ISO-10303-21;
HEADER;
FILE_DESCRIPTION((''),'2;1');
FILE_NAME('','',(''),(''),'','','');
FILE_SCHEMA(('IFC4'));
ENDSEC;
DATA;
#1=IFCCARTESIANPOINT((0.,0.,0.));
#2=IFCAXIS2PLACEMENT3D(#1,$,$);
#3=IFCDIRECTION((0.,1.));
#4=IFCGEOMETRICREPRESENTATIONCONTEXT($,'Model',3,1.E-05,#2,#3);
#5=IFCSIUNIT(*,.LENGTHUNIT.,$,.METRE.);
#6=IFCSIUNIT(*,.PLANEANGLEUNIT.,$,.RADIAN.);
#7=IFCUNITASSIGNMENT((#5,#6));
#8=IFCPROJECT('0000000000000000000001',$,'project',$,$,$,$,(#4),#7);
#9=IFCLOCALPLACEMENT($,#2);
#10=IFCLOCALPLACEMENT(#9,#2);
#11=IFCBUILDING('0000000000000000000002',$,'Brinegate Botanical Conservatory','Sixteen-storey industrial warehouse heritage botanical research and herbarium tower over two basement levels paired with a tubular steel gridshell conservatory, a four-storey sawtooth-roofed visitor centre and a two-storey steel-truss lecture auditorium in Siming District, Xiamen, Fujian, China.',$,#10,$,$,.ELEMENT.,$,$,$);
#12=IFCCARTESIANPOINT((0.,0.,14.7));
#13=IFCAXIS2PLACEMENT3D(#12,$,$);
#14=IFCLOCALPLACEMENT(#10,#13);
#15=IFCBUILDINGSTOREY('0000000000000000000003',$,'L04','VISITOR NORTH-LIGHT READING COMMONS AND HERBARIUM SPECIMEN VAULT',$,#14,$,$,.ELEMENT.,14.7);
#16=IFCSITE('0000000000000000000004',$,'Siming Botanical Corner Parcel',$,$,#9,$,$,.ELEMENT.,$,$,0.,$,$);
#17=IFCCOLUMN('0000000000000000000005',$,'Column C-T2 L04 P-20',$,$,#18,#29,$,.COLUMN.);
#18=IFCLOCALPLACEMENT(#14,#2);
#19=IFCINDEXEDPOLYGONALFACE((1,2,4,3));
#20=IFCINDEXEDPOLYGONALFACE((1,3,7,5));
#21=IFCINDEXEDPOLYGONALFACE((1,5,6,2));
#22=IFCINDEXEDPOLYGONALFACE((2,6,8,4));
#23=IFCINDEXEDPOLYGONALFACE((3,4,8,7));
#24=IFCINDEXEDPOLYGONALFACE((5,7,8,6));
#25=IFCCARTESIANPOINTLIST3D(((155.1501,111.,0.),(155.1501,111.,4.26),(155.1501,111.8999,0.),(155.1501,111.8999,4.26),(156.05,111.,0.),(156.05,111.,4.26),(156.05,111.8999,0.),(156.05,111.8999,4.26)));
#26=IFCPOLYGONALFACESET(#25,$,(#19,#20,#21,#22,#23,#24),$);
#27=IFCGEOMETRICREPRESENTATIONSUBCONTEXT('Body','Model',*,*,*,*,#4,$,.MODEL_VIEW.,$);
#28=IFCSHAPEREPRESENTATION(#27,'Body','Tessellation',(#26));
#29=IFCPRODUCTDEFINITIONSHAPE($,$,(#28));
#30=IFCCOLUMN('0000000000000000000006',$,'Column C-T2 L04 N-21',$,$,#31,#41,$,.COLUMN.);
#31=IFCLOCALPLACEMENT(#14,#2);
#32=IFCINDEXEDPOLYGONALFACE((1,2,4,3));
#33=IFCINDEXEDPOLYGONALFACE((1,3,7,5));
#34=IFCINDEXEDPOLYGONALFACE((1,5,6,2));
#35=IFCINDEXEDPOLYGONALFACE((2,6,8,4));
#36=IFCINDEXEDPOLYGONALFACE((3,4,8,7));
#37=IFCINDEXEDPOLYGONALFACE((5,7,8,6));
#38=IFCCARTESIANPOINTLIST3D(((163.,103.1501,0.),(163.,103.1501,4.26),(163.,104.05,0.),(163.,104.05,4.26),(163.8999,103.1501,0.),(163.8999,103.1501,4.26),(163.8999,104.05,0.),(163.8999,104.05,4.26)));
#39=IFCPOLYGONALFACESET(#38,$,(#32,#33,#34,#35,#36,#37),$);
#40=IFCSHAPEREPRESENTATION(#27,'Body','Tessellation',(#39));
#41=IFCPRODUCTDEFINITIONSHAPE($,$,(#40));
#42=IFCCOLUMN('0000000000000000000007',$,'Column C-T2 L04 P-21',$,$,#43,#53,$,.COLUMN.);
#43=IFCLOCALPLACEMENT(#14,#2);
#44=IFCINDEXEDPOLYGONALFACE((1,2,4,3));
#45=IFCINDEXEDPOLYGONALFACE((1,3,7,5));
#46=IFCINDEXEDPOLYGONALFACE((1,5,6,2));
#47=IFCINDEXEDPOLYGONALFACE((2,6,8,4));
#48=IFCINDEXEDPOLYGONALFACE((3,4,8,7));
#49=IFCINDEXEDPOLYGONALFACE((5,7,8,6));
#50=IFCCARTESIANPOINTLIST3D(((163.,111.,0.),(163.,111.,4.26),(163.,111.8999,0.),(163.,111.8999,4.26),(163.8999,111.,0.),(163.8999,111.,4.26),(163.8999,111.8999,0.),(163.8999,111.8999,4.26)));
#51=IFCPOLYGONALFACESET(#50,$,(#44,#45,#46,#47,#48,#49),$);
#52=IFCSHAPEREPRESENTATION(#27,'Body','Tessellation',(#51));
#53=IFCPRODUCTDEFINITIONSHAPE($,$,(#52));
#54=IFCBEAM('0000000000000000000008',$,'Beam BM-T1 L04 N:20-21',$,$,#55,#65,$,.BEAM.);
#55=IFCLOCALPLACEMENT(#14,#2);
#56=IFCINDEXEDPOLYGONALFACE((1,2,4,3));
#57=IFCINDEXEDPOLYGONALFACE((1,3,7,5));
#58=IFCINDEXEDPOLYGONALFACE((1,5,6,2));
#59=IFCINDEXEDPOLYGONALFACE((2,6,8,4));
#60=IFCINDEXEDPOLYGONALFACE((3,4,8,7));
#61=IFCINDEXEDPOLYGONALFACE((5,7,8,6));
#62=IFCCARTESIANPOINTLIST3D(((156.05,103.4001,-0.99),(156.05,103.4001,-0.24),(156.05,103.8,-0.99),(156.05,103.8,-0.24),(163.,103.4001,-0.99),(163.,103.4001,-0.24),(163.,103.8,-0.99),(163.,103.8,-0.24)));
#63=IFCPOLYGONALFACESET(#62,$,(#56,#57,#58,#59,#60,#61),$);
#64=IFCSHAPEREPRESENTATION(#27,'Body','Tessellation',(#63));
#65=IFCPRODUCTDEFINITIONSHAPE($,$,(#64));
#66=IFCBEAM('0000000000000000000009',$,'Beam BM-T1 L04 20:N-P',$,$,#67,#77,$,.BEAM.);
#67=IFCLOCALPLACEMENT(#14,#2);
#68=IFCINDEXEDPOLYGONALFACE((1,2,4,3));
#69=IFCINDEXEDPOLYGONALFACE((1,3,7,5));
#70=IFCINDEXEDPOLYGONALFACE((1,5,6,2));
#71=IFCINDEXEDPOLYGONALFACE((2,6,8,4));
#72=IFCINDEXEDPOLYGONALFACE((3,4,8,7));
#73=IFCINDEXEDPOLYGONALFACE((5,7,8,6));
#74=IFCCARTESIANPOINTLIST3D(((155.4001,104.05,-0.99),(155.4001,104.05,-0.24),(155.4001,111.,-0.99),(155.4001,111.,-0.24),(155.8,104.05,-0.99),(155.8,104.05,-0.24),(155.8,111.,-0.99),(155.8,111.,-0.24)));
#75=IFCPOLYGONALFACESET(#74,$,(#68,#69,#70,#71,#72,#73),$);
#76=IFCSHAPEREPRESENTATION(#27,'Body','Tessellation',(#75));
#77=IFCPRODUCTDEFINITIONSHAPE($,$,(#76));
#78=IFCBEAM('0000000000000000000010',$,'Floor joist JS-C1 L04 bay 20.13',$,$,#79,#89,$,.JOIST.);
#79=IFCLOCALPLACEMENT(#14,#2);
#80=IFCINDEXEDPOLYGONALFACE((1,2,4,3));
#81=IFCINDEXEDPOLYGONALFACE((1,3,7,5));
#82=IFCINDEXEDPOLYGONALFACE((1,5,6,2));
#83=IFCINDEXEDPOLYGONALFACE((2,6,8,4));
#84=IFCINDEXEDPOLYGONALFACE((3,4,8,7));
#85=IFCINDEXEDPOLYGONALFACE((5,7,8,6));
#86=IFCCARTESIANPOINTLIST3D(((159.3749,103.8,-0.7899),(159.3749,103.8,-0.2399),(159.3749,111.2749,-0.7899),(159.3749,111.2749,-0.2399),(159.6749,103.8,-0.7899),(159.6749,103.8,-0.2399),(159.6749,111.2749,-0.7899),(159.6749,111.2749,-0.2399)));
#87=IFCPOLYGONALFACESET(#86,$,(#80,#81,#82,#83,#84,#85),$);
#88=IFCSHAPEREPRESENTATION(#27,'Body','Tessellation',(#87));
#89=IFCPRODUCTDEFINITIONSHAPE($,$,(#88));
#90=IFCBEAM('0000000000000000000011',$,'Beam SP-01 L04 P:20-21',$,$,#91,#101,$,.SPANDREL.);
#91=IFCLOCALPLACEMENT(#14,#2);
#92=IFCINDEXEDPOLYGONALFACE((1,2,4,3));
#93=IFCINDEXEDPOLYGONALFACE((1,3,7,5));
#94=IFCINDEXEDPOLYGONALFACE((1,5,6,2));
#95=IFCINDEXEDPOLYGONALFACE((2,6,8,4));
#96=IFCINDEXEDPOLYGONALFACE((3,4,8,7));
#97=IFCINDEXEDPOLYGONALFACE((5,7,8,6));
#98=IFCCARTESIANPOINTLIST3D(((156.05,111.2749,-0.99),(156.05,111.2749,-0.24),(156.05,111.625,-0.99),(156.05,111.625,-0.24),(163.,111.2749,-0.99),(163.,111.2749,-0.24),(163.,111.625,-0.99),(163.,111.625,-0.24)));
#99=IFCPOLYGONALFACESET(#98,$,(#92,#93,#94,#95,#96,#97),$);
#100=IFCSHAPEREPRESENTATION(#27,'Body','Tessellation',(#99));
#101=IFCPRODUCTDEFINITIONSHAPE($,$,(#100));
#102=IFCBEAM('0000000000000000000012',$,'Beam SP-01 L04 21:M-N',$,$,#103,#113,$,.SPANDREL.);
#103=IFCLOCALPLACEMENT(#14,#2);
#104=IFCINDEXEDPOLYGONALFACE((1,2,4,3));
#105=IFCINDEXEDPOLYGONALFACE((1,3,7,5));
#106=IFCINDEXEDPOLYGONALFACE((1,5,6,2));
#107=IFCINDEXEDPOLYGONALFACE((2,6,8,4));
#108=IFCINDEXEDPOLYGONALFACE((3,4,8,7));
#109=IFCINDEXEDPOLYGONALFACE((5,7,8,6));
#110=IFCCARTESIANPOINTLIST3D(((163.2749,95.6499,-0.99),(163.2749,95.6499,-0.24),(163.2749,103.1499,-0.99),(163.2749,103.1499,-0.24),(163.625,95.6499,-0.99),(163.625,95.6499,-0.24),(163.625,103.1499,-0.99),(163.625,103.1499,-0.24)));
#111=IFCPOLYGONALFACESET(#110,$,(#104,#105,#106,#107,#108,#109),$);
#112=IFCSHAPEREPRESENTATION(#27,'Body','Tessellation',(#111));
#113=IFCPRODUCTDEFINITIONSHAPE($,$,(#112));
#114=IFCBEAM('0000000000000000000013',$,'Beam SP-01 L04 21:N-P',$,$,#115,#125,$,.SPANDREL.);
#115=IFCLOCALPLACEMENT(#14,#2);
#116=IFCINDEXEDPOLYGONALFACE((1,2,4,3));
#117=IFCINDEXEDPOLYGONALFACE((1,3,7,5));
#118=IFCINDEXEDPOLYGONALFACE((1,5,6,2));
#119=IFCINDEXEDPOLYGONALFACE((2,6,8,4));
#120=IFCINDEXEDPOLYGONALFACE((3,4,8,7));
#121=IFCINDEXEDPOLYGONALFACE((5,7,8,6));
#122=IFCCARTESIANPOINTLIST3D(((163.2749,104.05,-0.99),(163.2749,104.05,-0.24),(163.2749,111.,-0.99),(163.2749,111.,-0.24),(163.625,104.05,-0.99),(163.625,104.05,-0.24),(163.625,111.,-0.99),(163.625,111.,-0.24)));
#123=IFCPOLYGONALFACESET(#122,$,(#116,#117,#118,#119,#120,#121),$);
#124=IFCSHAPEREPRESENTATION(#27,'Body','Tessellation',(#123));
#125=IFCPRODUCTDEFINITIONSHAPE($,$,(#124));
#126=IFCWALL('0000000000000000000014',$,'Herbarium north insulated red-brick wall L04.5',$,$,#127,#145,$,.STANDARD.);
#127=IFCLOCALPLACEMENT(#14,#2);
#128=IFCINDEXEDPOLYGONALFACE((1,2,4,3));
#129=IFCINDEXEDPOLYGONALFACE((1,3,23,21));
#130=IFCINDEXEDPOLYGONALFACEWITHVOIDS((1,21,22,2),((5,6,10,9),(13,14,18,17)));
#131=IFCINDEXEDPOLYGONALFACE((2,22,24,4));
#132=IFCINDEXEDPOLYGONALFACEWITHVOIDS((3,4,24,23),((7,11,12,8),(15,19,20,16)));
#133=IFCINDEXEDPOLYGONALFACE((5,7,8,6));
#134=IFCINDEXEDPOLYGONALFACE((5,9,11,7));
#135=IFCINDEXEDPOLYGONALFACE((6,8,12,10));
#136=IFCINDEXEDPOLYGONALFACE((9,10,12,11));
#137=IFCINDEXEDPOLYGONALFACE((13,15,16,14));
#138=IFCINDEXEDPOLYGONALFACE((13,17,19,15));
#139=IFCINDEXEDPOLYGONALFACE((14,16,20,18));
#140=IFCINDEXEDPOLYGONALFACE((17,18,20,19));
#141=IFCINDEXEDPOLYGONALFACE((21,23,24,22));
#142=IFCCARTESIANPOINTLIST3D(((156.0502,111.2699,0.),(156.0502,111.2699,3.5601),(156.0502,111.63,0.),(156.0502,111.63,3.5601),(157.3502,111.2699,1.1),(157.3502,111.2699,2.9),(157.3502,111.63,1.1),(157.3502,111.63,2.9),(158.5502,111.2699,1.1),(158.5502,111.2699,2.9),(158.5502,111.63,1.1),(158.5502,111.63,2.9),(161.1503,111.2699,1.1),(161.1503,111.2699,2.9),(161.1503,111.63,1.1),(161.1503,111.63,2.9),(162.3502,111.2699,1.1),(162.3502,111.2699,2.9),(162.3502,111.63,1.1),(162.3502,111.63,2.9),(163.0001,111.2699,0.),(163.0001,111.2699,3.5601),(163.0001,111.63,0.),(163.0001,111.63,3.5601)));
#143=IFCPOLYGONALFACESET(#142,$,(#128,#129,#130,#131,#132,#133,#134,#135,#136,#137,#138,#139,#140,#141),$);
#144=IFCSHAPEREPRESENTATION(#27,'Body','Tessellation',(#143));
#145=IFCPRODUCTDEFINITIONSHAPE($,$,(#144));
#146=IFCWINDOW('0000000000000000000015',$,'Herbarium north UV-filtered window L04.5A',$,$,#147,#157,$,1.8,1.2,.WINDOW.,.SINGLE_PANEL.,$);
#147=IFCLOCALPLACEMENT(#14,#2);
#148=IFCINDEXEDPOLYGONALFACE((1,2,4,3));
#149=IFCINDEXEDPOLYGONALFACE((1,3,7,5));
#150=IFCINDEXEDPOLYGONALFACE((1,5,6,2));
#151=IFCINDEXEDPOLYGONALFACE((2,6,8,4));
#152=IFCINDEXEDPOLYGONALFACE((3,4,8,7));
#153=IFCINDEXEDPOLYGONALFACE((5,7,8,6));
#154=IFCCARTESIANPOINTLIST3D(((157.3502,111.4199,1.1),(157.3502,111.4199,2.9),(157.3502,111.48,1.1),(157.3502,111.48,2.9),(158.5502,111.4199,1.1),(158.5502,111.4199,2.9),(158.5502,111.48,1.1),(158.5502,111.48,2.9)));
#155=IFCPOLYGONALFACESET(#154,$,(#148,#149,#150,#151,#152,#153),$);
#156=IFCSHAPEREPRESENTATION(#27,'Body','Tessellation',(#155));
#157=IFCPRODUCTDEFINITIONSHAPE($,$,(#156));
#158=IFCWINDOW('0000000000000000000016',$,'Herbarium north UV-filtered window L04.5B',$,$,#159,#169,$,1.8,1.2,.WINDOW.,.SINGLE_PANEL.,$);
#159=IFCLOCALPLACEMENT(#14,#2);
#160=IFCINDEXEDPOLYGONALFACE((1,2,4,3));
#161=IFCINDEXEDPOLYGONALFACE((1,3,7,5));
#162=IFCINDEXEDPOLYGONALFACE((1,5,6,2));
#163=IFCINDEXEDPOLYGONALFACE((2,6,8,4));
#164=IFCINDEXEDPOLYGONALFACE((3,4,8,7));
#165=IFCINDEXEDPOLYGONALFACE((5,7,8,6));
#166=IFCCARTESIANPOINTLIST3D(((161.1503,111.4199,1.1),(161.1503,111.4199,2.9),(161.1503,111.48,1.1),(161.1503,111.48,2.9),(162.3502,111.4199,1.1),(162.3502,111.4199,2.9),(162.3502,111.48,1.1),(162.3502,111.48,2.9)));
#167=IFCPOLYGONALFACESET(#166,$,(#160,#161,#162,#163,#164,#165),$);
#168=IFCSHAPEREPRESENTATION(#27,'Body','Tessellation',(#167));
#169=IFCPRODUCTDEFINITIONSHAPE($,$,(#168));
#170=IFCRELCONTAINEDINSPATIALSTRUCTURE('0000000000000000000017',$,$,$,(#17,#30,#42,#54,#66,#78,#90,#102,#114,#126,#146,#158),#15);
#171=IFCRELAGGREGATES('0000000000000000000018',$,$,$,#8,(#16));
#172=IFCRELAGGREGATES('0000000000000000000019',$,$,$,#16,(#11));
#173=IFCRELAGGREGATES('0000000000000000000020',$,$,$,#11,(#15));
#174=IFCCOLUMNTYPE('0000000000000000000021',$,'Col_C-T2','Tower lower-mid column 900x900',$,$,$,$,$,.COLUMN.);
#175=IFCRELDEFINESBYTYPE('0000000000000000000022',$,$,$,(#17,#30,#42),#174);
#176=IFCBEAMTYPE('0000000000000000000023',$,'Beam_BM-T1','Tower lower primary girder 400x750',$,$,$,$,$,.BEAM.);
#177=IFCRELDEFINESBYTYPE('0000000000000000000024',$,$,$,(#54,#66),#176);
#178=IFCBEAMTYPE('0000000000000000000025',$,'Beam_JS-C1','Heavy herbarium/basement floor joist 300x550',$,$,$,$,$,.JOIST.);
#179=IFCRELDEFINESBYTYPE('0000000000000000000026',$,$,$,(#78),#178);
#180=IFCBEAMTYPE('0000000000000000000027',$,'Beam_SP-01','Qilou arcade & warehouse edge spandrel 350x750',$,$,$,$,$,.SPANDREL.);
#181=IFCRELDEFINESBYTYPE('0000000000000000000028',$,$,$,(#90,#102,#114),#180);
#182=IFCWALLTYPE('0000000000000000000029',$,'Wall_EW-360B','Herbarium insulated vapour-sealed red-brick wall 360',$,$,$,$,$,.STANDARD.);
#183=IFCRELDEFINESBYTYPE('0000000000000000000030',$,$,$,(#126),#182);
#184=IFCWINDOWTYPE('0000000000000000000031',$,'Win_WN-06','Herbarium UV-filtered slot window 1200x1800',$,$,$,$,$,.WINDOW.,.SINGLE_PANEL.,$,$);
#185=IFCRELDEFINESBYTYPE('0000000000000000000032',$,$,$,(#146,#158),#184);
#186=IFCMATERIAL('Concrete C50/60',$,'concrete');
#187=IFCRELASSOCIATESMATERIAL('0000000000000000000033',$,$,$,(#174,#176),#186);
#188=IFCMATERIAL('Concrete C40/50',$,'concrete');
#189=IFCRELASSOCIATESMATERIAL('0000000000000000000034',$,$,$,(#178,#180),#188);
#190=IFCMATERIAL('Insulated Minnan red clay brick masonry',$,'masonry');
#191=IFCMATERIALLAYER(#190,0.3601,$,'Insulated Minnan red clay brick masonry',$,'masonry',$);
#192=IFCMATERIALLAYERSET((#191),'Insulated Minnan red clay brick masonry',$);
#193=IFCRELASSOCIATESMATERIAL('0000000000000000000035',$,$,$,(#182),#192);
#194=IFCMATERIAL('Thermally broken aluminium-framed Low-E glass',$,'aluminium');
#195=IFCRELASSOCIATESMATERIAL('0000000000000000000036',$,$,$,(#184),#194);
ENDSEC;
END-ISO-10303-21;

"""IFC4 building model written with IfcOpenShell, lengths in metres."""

from ifc_helpers import new_model, si_unit, direction, frame, frame_2d, origin, origin_2d, place, context, subcontext, project, spatial, rectangle, extrude, material, layer, layer_set, material_profile, profile_set, type_object, element, fill, save


model = new_model("IFC4")

# Units and contexts
model_context = context("Model", 3, precision=1e-05, world=origin(), true_north=direction((0.0, 1.0)))
body_context = subcontext(model_context, "Body", "Model", "MODEL_VIEW")
ifc_project = project(units=[si_unit("LENGTHUNIT", "METRE"), si_unit("PLANEANGLEUNIT", "RADIAN")], contexts=[model_context])

# Site, building, storey
site_placement = place(None, origin())
site = spatial("IfcSite", under=ifc_project, at=site_placement, Name="Siming Botanical Corner Parcel", CompositionType="ELEMENT", RefElevation=0.0)
building_placement = place(site_placement, origin())
building = spatial("IfcBuilding", under=site, at=building_placement, Name="Brinegate Botanical Conservatory", Description="Sixteen-storey industrial warehouse heritage botanical research and herbarium tower over two basement levels paired with a tubular steel gridshell conservatory, a four-storey sawtooth-roofed visitor centre and a two-storey steel-truss lecture auditorium in Siming District, Xiamen, Fujian, China.", CompositionType="ELEMENT")
storey_placement = place(building_placement, frame((0.0, 0.0, 14.7)))
storey = spatial("IfcBuildingStorey", under=building, at=storey_placement, Name="L04", Description="VISITOR NORTH-LIGHT READING COMMONS AND HERBARIUM SPECIMEN VAULT", CompositionType="ELEMENT", Elevation=14.7)

# Columns
ifc_material_1 = material(Name="Concrete C50/60", Category="concrete")
ifc_material_profile_1 = material_profile(ifc_material_1, rectangle(XDim=0.8999, YDim=0.8999, at=origin_2d()), Name="RC COL 900x900")
ifc_profile_set_1 = profile_set([ifc_material_profile_1], Name="Concrete C50/60")
column_type = type_object("IfcColumnType", Name="Col_C-T2", Description="Tower lower-mid column 900x900", PredefinedType="COLUMN", material=ifc_profile_set_1)
for number, where, z_axis, x_axis, name in (
    (1, (155.6001, 111.45, 0.0), (0.0, 0.0, 1.0), (1.0, 0.0, 0.0), "Column C-T2 L04 P-20"),
    (2, (163.45, 103.6001, 0.0), (0.0, 0.0, 1.0), (1.0, 0.0, 0.0), "Column C-T2 L04 N-21"),
    (3, (163.45, 111.45, 0.0), (0.0, 0.0, 1.0), (1.0, 0.0, 0.0), "Column C-T2 L04 P-21"),
):
    element("IfcColumn", number, at=place(storey_placement, frame(where, z_axis=z_axis, x_axis=x_axis)), inside=storey, type_object=column_type, Name=name, PredefinedType="COLUMN", context=body_context, shape_type="SweptSolid", body=[
        extrude(rectangle(XDim=0.8999, YDim=0.8999, at=origin_2d()), origin(), (0.0, 0.0, 1.0), 4.26),
    ])

# Beams
ifc_material_profile_2 = material_profile(ifc_material_1, rectangle(XDim=0.3999, YDim=0.75, at=origin_2d()), Name="RC BM 400x750")
ifc_profile_set_2 = profile_set([ifc_material_profile_2], Name="Concrete C50/60")
beam_type_1 = type_object("IfcBeamType", Name="Beam_BM-T1", Description="Tower lower primary girder 400x750", PredefinedType="BEAM", material=ifc_profile_set_2)
for number, where, z_axis, x_axis, name in (
    (4, (156.05, 103.6001, -0.615), (1.0, 0.0, 0.0), (0.0, 1.0, 0.0), "Beam BM-T1 L04 N:20-21"),
    (5, (155.6001, 104.05, -0.615), (0.0, 1.0, 0.0), (-1.0, 0.0, 0.0), "Beam BM-T1 L04 20:N-P"),
):
    element("IfcBeam", number, at=place(storey_placement, frame(where, z_axis=z_axis, x_axis=x_axis)), inside=storey, type_object=beam_type_1, Name=name, PredefinedType="BEAM", context=body_context, shape_type="SweptSolid", body=[
        extrude(rectangle(XDim=0.3999, YDim=0.75, at=origin_2d()), origin(), (0.0, 0.0, 1.0), 6.95),
    ])
ifc_material_2 = material(Name="Concrete C40/50", Category="concrete")
ifc_material_profile_3 = material_profile(ifc_material_2, rectangle(XDim=0.3, YDim=0.55, at=origin_2d()), Name="RC JST 300x550")
ifc_profile_set_3 = profile_set([ifc_material_profile_3], Name="Concrete C40/50")
beam_type_2 = type_object("IfcBeamType", Name="Beam_JS-C1", Description="Heavy herbarium/basement floor joist 300x550", PredefinedType="JOIST", material=ifc_profile_set_3)
beam_1_placement = place(storey_placement, frame((159.5249, 103.8, -0.5149), z_axis=(0.0, 1.0, 0.0), x_axis=(-1.0, 0.0, 0.0)))
element("IfcBeam", 6, at=beam_1_placement, inside=storey, type_object=beam_type_2, Name="Floor joist JS-C1 L04 bay 20.13", PredefinedType="JOIST", context=body_context, shape_type="SweptSolid", body=[
    extrude(rectangle(XDim=0.3, YDim=0.55, at=origin_2d()), origin(), (0.0, 0.0, 1.0), 7.4749),
])
ifc_material_profile_4 = material_profile(ifc_material_2, rectangle(XDim=0.3501, YDim=0.75, at=origin_2d()), Name="RC SPN 350x750")
ifc_profile_set_4 = profile_set([ifc_material_profile_4], Name="Concrete C40/50")
beam_type_3 = type_object("IfcBeamType", Name="Beam_SP-01", Description="Qilou arcade & warehouse edge spandrel 350x750", PredefinedType="SPANDREL", material=ifc_profile_set_4)
beam_2_placement = place(storey_placement, frame((156.05, 111.45, -0.615), z_axis=(1.0, 0.0, 0.0), x_axis=(0.0, 1.0, 0.0)))
element("IfcBeam", 7, at=beam_2_placement, inside=storey, type_object=beam_type_3, Name="Beam SP-01 L04 P:20-21", PredefinedType="SPANDREL", context=body_context, shape_type="SweptSolid", body=[
    extrude(rectangle(XDim=0.3501, YDim=0.75, at=origin_2d()), origin(), (0.0, 0.0, 1.0), 6.95),
])
beam_3_placement = place(storey_placement, frame((163.45, 95.6499, -0.615), z_axis=(0.0, 1.0, 0.0), x_axis=(-1.0, 0.0, 0.0)))
element("IfcBeam", 8, at=beam_3_placement, inside=storey, type_object=beam_type_3, Name="Beam SP-01 L04 21:M-N", PredefinedType="SPANDREL", context=body_context, shape_type="SweptSolid", body=[
    extrude(rectangle(XDim=0.3501, YDim=0.75, at=origin_2d()), origin(), (0.0, 0.0, 1.0), 7.5),
])
beam_4_placement = place(storey_placement, frame((163.45, 104.05, -0.615), z_axis=(0.0, 1.0, 0.0), x_axis=(-1.0, 0.0, 0.0)))
element("IfcBeam", 9, at=beam_4_placement, inside=storey, type_object=beam_type_3, Name="Beam SP-01 L04 21:N-P", PredefinedType="SPANDREL", context=body_context, shape_type="SweptSolid", body=[
    extrude(rectangle(XDim=0.3501, YDim=0.75, at=origin_2d()), origin(), (0.0, 0.0, 1.0), 6.95),
])

# Wall, openings, windows
ifc_material_3 = material(Name="Insulated Minnan red clay brick masonry", Category="masonry")
ifc_layer_1 = layer(ifc_material_3, 0.3601, Name="Insulated Minnan red clay brick masonry", Category="masonry")
ifc_layer_set_1 = layer_set([ifc_layer_1], Name="Insulated Minnan red clay brick masonry")
wall_type_1 = type_object("IfcWallType", Name="Wall_EW-360B", Description="Herbarium insulated vapour-sealed red-brick wall 360", PredefinedType="STANDARD", material=ifc_layer_set_1)
wall_1_placement = place(storey_placement, frame((156.05, 111.45, 0.0), z_axis=(0.0, 0.0, 1.0), x_axis=(1.0, 0.0, 0.0)))
wall_1 = element("IfcWall", 10, at=wall_1_placement, inside=storey, type_object=wall_type_1, Name="Herbarium north insulated red-brick wall L04.5", PredefinedType="STANDARD", context=body_context, shape_type="SweptSolid", body=[
    extrude(rectangle(XDim=6.95, YDim=0.3601, at=frame_2d((3.4751, 0.0))), origin(), (0.0, 0.0, 1.0), 3.5601),
])
opening_1_placement = place(wall_1_placement, frame((1.3, 0.0, 1.1001)))
opening_1 = element("IfcOpeningElement", 11, at=opening_1_placement, cuts=wall_1, PredefinedType="OPENING", context=body_context, shape_type="SweptSolid", body=[
    extrude(rectangle(XDim=1.2, YDim=1.8, at=frame_2d((0.6001, 0.8999))), frame((0.0, 0.1899, 0.0), z_axis=(0.0, -1.0, 0.0), x_axis=(1.0, 0.0, 0.0)), (0.0, 0.0, 1.0), 0.3801),
])
opening_2_placement = place(wall_1_placement, frame((5.1001, 0.0, 1.1001)))
opening_2 = element("IfcOpeningElement", 12, at=opening_2_placement, cuts=wall_1, PredefinedType="OPENING", context=body_context, shape_type="SweptSolid", body=[
    extrude(rectangle(XDim=1.2, YDim=1.8, at=frame_2d((0.6001, 0.8999))), frame((0.0, 0.1899, 0.0), z_axis=(0.0, -1.0, 0.0), x_axis=(1.0, 0.0, 0.0)), (0.0, 0.0, 1.0), 0.3801),
])
ifc_material_4 = material(Name="Thermally broken aluminium-framed Low-E glass", Category="aluminium")
window_type_1 = type_object("IfcWindowType", Name="Win_WN-06", Description="Herbarium UV-filtered slot window 1200x1800", PartitioningType="SINGLE_PANEL", PredefinedType="WINDOW", material=ifc_material_4)
window_1_placement = place(opening_1_placement, origin())
window_1 = element("IfcWindow", 13, at=window_1_placement, inside=storey, type_object=window_type_1, Name="Herbarium north UV-filtered window L04.5A", OverallHeight=1.8, OverallWidth=1.2, PartitioningType="SINGLE_PANEL", PredefinedType="WINDOW", context=body_context, shape_type="SweptSolid", body=[
    extrude(rectangle(XDim=1.2, YDim=1.8, at=frame_2d((0.6001, 0.8999))), frame((0.0, 0.03, 0.0), z_axis=(0.0, -1.0, 0.0), x_axis=(1.0, 0.0, 0.0)), (0.0, 0.0, 1.0), 0.0601),
])
fill(opening_1, window_1)
window_2_placement = place(opening_2_placement, origin())
window_2 = element("IfcWindow", 14, at=window_2_placement, inside=storey, type_object=window_type_1, Name="Herbarium north UV-filtered window L04.5B", OverallHeight=1.8, OverallWidth=1.2, PartitioningType="SINGLE_PANEL", PredefinedType="WINDOW", context=body_context, shape_type="SweptSolid", body=[
    extrude(rectangle(XDim=1.2, YDim=1.8, at=frame_2d((0.6001, 0.8999))), frame((0.0, 0.03, 0.0), z_axis=(0.0, -1.0, 0.0), x_axis=(1.0, 0.0, 0.0)), (0.0, 0.0, 1.0), 0.0601),
])
fill(opening_2, window_2)

save(model, "model.ifc")
